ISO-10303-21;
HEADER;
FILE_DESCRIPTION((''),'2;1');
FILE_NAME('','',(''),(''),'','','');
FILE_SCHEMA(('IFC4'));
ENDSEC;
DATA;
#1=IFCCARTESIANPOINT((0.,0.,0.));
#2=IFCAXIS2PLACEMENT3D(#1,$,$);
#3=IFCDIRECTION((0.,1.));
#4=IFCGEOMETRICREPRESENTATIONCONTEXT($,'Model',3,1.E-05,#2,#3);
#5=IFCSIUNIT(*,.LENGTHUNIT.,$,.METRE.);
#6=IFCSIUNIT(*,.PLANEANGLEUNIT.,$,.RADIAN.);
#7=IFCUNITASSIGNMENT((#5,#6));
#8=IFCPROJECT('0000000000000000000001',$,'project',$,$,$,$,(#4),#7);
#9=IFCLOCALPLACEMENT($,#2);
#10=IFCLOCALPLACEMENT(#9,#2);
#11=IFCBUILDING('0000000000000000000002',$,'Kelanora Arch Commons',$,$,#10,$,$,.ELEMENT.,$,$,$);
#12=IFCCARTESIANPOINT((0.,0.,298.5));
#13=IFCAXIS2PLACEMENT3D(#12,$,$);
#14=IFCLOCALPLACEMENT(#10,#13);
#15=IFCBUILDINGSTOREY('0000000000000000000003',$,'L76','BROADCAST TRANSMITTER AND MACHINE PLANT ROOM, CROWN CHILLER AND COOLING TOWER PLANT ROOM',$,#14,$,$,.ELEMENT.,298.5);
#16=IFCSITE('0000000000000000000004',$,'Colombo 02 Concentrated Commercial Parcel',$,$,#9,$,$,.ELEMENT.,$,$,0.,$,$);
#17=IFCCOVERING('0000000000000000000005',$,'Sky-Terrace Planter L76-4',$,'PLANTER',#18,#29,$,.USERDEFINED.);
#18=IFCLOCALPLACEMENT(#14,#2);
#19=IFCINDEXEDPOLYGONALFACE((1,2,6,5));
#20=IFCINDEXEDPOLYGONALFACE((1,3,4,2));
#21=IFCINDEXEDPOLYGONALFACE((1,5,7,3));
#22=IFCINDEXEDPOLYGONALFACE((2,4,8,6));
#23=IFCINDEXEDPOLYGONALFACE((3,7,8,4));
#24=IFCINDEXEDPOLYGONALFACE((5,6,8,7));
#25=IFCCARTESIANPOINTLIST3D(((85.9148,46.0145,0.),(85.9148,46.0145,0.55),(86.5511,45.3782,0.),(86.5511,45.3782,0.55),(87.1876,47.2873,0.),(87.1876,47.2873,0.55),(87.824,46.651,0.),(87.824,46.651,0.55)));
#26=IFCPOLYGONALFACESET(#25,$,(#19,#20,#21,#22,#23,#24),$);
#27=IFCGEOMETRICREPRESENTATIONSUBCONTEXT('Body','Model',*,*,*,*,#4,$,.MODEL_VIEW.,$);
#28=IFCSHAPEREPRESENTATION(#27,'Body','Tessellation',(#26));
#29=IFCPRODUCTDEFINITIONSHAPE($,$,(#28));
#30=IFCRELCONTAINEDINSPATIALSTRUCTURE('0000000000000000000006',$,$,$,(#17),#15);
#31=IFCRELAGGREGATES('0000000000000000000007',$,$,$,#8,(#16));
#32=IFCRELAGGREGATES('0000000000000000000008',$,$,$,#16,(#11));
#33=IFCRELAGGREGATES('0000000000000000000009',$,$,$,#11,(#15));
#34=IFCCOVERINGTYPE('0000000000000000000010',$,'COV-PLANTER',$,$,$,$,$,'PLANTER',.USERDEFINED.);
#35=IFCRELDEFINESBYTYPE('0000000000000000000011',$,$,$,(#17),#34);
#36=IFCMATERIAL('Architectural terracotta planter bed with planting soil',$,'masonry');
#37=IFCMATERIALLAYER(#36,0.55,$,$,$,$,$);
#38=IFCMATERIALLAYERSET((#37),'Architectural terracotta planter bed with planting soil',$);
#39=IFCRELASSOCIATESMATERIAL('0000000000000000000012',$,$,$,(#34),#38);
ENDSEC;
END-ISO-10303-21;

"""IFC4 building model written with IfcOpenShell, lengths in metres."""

from ifc_helpers import new_model, si_unit, direction, frame, origin, origin_2d, place, context, subcontext, project, spatial, rectangle, extrude, source, transform, mapped, material, layer, layer_set, type_object, element, save


model = new_model("IFC4")

# Units and contexts
model_context = context("Model", 3, precision=1e-05, world=origin(), true_north=direction((0.0, 1.0)))
body_context = subcontext(model_context, "Body", "Model", "MODEL_VIEW")
ifc_project = project(units=[si_unit("LENGTHUNIT", "METRE"), si_unit("PLANEANGLEUNIT", "RADIAN")], contexts=[model_context])

# Site, building, storey
site_placement = place(None, origin())
site = spatial("IfcSite", under=ifc_project, at=site_placement, Name="Colombo 02 Concentrated Commercial Parcel", CompositionType="ELEMENT", RefElevation=0.0)
building_placement = place(site_placement, origin())
building = spatial("IfcBuilding", under=site, at=building_placement, Name="Kelanora Arch Commons", CompositionType="ELEMENT")
storey_placement = place(building_placement, frame((0.0, 0.0, 298.5)))
storey = spatial("IfcBuildingStorey", under=building, at=storey_placement, Name="L76", Description="BROADCAST TRANSMITTER AND MACHINE PLANT ROOM, CROWN CHILLER AND COOLING TOWER PLANT ROOM", CompositionType="ELEMENT", Elevation=298.5)

# Covering
ifc_material_1 = material(Name="Architectural terracotta planter bed with planting soil", Category="masonry")
ifc_layer_1 = layer(ifc_material_1, 0.55)
ifc_layer_set_1 = layer_set([ifc_layer_1], Name="Architectural terracotta planter bed with planting soil")
covering_type = type_object("IfcCoveringType", Name="COV-PLANTER", ElementType="PLANTER", PredefinedType="USERDEFINED", material=ifc_layer_set_1)
shared_shape_1 = source(origin(), body_context, "Body", "SweptSolid", [
    extrude(rectangle(XDim=1.8, YDim=0.8999, at=origin_2d()), origin(), (0.0, 0.0, 1.0), 0.55),
])
covering_placement = place(storey_placement, frame((86.8694, 46.3328, 0.0), z_axis=(0.0, 0.0, 1.0), x_axis=(0.707107, 0.707107, 0.0)))
element("IfcCovering", 1, at=covering_placement, inside=storey, type_object=covering_type, Name="Sky-Terrace Planter L76-4", ObjectType="PLANTER", PredefinedType="USERDEFINED", context=body_context, shape_type="MappedRepresentation", body=[
    mapped(shared_shape_1, transform((0.0, 0.0, 0.0), scale=1.0)),
])

save(model, "model.ifc")
